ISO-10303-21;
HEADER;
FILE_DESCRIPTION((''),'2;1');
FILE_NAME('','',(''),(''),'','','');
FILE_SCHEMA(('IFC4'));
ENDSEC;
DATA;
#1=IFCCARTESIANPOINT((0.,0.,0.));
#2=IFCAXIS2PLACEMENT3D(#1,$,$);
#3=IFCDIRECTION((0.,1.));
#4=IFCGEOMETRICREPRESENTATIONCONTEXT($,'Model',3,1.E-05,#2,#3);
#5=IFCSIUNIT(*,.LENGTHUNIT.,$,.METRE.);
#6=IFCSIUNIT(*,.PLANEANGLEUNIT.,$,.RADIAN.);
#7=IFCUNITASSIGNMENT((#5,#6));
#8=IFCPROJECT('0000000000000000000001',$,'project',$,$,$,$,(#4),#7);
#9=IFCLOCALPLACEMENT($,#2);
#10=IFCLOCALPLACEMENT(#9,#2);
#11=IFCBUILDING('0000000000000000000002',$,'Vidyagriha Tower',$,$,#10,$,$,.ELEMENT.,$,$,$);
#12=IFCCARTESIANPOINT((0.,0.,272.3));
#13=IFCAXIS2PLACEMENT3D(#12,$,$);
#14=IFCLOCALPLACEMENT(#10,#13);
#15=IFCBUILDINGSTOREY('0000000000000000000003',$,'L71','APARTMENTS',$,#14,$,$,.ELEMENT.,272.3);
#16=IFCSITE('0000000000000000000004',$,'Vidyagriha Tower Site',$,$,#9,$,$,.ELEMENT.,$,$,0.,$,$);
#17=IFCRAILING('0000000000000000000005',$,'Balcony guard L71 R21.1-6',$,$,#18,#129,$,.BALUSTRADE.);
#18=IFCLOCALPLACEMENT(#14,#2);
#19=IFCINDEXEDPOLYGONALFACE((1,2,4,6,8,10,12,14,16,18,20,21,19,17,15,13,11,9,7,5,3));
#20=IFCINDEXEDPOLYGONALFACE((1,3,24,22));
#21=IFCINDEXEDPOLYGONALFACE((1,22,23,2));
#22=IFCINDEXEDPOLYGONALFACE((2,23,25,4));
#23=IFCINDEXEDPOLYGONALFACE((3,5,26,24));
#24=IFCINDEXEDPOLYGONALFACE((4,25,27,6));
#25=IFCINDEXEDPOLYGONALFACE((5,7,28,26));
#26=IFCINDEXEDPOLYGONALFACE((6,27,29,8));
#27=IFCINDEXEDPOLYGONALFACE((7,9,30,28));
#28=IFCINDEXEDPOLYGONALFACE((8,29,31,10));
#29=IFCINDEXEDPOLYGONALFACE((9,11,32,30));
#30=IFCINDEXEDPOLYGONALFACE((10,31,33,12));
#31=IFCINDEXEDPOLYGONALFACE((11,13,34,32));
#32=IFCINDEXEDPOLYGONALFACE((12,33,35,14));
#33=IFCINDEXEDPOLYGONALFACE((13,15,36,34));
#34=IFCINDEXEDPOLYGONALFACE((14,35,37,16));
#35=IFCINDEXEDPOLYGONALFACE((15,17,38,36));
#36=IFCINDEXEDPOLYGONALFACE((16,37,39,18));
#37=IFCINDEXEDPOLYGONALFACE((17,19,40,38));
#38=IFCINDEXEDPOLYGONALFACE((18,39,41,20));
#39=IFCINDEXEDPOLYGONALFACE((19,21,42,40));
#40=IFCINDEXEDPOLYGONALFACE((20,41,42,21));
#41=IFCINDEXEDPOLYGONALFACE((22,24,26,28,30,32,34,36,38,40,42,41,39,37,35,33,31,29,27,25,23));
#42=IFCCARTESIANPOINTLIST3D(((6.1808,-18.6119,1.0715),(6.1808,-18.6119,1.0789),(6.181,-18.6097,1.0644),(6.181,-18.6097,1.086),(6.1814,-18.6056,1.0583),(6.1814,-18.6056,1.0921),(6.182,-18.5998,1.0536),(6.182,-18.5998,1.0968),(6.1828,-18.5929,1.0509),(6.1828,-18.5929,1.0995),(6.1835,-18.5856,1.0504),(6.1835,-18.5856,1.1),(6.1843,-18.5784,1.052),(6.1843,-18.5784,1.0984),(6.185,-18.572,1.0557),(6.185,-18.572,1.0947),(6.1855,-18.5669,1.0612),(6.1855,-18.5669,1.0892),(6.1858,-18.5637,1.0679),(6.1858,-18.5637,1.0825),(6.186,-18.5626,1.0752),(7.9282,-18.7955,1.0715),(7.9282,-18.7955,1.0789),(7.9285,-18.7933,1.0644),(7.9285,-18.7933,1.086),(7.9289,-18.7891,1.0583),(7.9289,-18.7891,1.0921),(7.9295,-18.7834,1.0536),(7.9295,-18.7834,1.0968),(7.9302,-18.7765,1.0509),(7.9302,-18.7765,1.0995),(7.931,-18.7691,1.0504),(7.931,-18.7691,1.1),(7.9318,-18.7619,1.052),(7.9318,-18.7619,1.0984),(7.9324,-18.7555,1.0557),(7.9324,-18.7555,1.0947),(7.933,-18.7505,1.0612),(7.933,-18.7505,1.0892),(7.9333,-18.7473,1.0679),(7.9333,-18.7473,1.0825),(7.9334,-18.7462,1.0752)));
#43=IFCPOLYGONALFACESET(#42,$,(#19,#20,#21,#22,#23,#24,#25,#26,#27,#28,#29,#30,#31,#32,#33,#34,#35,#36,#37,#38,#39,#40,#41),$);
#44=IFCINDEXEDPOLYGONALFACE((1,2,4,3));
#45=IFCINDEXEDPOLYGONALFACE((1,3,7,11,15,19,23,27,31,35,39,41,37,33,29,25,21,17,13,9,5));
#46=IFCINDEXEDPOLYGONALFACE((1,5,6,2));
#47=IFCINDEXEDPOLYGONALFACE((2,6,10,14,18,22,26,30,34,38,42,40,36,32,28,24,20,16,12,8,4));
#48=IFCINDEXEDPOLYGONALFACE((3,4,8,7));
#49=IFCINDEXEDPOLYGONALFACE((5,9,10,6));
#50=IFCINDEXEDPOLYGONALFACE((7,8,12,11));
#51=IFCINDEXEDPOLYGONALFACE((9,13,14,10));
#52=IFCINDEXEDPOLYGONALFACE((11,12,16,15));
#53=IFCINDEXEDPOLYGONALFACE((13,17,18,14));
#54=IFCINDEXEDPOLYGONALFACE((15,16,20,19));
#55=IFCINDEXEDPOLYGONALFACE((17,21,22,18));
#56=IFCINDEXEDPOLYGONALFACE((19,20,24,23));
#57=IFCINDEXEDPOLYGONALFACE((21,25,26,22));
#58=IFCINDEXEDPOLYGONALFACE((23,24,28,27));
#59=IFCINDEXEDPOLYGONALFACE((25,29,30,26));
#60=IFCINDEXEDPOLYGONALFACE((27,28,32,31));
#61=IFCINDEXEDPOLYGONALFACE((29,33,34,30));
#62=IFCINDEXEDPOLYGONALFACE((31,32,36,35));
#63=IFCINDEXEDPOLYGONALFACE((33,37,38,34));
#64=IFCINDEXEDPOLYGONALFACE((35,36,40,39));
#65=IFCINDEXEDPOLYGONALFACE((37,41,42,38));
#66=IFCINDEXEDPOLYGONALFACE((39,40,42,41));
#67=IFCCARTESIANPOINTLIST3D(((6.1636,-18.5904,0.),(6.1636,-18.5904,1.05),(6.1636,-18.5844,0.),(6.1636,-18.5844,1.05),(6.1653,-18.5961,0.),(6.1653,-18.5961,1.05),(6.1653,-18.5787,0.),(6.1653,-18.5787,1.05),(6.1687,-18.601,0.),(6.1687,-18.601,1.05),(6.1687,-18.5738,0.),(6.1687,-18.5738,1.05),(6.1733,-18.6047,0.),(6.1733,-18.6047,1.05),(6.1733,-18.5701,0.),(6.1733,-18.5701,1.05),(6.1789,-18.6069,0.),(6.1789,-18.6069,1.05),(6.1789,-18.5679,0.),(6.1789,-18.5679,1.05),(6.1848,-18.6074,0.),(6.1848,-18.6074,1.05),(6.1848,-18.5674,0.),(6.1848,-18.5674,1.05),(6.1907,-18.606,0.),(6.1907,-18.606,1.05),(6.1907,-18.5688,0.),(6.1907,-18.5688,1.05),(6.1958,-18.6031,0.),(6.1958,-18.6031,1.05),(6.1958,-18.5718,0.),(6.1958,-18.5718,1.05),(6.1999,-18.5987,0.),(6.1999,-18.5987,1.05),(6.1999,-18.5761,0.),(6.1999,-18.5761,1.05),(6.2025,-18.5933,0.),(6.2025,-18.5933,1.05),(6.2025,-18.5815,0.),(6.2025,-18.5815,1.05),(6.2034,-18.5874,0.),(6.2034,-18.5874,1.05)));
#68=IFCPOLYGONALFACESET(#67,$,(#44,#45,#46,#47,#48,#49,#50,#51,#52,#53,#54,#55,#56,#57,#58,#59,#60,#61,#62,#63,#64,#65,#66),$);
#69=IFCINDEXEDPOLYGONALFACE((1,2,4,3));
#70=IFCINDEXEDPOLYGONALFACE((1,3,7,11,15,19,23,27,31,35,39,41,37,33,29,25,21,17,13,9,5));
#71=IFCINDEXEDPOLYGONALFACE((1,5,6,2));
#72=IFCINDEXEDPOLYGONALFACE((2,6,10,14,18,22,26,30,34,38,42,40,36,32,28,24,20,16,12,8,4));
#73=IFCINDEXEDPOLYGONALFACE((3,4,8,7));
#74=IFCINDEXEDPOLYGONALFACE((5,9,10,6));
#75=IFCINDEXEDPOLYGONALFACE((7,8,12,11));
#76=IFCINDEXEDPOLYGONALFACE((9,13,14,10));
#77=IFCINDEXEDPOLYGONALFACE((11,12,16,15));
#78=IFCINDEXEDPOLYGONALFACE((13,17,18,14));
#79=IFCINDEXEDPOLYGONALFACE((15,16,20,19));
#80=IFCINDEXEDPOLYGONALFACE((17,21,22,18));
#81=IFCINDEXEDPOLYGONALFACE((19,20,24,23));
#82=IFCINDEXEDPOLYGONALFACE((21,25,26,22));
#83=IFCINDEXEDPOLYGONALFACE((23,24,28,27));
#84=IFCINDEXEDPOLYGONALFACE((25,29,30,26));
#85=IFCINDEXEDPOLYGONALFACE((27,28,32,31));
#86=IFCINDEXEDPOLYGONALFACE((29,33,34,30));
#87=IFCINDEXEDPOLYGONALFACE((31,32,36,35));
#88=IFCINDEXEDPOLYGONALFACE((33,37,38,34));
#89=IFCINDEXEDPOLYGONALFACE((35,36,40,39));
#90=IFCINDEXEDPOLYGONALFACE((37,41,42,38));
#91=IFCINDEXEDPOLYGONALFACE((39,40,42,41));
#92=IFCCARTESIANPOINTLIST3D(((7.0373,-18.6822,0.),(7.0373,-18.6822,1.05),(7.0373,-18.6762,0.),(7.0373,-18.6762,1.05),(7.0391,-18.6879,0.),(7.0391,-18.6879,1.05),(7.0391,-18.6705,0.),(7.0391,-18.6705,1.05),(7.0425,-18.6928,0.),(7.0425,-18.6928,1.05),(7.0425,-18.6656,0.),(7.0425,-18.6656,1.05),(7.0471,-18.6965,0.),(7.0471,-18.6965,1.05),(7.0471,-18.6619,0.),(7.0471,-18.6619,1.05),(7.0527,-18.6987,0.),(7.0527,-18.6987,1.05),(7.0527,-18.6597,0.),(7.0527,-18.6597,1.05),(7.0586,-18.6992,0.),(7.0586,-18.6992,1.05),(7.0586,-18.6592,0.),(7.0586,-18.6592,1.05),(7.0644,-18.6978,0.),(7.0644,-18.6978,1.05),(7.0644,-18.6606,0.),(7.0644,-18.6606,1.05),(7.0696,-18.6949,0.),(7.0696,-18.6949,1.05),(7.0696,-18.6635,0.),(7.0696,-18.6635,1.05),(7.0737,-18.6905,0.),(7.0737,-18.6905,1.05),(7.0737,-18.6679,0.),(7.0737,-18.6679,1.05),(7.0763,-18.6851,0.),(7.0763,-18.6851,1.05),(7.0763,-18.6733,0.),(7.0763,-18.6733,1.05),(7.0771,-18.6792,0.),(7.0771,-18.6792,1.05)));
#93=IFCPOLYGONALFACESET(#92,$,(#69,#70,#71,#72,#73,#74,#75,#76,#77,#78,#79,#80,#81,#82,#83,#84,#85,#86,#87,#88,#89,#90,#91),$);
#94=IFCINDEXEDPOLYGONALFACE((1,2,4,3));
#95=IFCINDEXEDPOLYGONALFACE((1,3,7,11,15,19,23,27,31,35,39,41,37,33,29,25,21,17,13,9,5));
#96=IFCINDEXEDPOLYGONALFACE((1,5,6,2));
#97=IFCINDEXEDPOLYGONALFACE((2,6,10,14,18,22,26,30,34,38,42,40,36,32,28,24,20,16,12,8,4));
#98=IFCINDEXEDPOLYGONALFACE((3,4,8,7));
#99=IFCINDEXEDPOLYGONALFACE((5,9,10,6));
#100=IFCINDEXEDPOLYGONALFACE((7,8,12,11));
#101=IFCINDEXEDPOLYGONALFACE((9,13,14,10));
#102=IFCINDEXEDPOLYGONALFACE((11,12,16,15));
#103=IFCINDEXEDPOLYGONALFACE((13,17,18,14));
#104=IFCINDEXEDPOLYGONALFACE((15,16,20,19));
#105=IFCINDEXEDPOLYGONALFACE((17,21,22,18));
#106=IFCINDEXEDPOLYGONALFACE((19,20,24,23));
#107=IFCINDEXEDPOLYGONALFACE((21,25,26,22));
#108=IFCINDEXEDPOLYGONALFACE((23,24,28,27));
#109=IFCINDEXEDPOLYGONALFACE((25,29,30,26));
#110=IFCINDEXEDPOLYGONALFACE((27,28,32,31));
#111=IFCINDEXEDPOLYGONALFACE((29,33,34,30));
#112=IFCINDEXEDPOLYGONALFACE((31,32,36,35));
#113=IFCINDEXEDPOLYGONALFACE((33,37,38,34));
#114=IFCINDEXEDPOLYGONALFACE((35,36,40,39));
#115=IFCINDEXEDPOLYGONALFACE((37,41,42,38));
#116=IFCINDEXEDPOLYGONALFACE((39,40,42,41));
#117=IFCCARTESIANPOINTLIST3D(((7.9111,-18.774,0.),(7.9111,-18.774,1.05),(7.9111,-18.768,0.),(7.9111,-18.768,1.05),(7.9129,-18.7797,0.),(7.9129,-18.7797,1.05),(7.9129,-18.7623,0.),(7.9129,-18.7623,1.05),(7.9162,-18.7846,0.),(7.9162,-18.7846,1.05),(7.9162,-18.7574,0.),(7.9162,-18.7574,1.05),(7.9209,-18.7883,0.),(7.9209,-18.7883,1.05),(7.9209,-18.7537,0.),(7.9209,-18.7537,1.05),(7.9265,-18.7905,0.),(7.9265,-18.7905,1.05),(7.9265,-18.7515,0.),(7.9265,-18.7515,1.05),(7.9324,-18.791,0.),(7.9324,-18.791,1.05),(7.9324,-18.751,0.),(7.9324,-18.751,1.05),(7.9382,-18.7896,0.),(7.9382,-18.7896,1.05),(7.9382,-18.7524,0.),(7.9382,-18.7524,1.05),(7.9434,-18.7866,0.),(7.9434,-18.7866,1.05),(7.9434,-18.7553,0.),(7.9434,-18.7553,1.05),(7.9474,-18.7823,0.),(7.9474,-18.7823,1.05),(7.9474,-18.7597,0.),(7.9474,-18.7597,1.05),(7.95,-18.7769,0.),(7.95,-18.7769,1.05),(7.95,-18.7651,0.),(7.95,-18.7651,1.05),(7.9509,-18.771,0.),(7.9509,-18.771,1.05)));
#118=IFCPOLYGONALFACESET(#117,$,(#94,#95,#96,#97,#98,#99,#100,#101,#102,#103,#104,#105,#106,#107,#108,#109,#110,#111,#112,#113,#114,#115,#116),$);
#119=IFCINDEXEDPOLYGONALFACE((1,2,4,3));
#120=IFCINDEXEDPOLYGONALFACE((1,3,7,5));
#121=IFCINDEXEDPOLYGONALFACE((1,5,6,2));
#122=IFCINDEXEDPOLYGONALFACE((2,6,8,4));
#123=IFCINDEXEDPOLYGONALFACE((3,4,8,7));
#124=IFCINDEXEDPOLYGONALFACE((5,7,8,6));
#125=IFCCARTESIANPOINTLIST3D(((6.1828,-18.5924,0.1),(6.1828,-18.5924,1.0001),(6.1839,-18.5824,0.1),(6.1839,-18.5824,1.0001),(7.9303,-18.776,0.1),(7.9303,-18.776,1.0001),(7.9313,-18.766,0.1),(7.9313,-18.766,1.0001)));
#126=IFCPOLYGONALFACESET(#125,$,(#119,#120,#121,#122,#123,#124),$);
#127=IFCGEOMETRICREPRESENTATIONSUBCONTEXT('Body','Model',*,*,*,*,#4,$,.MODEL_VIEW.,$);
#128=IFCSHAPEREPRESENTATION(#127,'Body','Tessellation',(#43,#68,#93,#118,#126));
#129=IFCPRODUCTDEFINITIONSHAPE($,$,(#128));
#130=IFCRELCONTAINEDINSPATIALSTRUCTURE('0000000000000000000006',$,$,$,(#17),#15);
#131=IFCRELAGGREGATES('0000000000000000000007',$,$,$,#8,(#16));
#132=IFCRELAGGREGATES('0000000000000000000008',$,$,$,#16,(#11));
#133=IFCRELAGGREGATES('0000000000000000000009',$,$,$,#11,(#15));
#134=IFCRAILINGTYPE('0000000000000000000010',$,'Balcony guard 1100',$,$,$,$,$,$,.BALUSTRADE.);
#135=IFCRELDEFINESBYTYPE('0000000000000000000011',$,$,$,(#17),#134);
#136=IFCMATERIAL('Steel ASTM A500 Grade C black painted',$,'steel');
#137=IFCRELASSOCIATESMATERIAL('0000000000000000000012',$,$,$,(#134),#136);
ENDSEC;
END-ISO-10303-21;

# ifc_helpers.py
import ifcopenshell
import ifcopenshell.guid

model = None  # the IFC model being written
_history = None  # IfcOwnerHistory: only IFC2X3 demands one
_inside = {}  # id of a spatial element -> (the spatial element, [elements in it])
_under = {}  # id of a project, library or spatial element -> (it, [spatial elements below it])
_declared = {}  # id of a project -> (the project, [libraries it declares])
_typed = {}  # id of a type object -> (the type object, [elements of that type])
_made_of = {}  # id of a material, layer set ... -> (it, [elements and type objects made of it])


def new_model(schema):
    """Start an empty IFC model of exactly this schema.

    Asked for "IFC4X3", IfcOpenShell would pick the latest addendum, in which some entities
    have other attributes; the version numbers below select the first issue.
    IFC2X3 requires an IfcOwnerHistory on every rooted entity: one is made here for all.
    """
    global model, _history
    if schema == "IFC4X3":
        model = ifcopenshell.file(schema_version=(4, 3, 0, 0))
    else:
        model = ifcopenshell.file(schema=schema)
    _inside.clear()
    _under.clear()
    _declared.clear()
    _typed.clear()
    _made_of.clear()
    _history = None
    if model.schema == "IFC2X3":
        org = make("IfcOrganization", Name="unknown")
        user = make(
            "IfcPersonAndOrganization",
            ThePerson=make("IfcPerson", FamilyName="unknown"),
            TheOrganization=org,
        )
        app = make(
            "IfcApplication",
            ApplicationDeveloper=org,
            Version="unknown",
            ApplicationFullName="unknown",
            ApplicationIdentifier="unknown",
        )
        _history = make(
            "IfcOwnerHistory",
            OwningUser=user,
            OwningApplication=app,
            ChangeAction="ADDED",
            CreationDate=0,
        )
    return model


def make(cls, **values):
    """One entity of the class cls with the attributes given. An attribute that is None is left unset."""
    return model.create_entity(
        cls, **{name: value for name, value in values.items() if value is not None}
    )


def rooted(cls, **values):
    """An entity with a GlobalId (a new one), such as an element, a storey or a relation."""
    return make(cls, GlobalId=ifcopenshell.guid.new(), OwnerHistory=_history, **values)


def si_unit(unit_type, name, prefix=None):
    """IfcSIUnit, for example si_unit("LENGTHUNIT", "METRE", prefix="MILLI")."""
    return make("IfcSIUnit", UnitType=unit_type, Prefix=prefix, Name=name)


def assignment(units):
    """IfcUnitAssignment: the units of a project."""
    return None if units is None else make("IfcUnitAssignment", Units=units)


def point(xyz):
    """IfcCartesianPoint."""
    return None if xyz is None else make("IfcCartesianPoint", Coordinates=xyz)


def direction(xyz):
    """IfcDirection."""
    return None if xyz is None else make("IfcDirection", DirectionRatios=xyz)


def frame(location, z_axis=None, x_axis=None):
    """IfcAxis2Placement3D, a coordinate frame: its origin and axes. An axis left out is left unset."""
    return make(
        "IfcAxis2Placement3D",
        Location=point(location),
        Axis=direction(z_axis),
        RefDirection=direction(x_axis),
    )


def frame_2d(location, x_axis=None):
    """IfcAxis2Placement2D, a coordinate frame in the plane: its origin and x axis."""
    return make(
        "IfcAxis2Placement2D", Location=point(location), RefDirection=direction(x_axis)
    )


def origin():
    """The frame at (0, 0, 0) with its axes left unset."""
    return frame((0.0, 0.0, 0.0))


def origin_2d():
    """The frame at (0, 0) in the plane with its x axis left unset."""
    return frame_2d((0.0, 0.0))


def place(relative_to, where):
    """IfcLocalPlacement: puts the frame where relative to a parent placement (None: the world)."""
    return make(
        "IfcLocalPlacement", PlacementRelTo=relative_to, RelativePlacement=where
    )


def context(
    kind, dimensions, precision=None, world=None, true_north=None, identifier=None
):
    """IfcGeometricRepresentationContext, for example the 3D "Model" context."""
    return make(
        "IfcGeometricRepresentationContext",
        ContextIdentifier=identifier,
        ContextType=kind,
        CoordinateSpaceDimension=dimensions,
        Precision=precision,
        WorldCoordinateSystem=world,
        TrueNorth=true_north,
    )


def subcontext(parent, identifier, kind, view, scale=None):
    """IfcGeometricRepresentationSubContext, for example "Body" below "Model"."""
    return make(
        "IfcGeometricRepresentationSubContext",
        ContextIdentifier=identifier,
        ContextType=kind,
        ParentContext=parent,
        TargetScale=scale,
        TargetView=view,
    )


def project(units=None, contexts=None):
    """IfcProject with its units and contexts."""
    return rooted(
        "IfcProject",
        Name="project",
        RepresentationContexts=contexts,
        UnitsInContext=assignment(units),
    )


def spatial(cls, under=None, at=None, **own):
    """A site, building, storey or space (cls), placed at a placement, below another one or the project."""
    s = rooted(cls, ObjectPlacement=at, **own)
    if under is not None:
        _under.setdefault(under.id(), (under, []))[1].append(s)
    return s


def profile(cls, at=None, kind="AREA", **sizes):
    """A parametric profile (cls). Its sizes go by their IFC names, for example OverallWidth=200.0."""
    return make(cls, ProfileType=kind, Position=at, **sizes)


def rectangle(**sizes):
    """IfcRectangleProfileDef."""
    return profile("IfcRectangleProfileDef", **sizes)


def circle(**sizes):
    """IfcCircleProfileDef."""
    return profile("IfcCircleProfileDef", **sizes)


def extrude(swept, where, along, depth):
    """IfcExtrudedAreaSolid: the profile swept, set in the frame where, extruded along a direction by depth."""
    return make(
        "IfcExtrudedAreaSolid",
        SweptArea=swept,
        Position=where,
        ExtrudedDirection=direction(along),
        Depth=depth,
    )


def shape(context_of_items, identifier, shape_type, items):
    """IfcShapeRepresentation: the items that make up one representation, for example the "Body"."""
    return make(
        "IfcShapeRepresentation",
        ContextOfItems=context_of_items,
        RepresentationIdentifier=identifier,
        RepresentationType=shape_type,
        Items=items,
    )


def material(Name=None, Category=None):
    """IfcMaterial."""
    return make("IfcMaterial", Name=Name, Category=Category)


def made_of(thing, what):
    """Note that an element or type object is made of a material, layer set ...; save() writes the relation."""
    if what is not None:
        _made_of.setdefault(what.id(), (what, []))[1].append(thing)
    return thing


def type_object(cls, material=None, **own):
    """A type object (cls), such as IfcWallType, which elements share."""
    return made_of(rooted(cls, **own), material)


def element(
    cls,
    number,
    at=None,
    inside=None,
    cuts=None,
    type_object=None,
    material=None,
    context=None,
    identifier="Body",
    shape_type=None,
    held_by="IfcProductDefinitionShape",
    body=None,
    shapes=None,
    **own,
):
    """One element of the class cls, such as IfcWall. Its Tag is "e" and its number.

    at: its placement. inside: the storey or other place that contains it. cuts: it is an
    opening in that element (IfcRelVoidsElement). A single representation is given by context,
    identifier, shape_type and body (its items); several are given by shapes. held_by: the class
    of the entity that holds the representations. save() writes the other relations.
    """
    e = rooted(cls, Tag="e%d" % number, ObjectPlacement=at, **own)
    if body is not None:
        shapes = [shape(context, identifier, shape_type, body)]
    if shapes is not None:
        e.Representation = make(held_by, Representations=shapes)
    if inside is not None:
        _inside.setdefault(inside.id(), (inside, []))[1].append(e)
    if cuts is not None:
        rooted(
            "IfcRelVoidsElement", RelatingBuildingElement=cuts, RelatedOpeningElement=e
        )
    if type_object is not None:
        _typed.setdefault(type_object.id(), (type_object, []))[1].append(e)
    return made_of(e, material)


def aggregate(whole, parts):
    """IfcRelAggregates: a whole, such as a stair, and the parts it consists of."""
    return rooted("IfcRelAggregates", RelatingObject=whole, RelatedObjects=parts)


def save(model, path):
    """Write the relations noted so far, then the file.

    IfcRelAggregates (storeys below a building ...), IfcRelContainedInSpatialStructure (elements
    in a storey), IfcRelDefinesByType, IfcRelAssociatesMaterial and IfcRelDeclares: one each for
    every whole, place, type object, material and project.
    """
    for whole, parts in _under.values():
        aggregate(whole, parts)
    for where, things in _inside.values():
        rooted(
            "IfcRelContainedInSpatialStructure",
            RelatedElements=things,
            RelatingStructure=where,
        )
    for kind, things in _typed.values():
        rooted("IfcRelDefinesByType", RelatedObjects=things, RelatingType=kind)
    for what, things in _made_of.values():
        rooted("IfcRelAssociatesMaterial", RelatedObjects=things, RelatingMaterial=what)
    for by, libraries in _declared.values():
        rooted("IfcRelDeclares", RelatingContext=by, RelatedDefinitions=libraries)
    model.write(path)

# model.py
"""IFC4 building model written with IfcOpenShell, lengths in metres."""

from ifc_helpers import new_model, si_unit, direction, frame, origin, origin_2d, place, context, subcontext, project, spatial, rectangle, circle, extrude, material, type_object, element, save


model = new_model("IFC4")

# Units and contexts
model_context = context("Model", 3, precision=1e-05, world=origin(), true_north=direction((0.0, 1.0)))
body_context = subcontext(model_context, "Body", "Model", "MODEL_VIEW")
ifc_project = project(units=[si_unit("LENGTHUNIT", "METRE"), si_unit("PLANEANGLEUNIT", "RADIAN")], contexts=[model_context])

# Site, building, storey
site_placement = place(None, origin())
site = spatial("IfcSite", under=ifc_project, at=site_placement, Name="Vidyagriha Tower Site", CompositionType="ELEMENT", RefElevation=0.0)
building_placement = place(site_placement, origin())
building = spatial("IfcBuilding", under=site, at=building_placement, Name="Vidyagriha Tower", CompositionType="ELEMENT")
storey_placement = place(building_placement, frame((0.0, 0.0, 272.3)))
storey = spatial("IfcBuildingStorey", under=building, at=storey_placement, Name="L71", Description="APARTMENTS", CompositionType="ELEMENT", Elevation=272.3)

# Railing
ifc_material_1 = material(Name="Steel ASTM A500 Grade C black painted", Category="steel")
railing_type = type_object("IfcRailingType", Name="Balcony guard 1100", PredefinedType="BALUSTRADE", material=ifc_material_1)
railing_1_placement = place(storey_placement, frame((6.1833, -18.5874, 0.0)))
element("IfcRailing", 1, at=railing_1_placement, inside=storey, type_object=railing_type, Name="Balcony guard L71 R21.1-6", PredefinedType="BALUSTRADE", context=body_context, shape_type="SweptSolid", body=[
    extrude(circle(Radius=0.0249, at=origin_2d()), frame((0.0, 0.0, 1.0752), z_axis=(0.994527, -0.104482, 0.0), x_axis=(0.104482, 0.994527, 0.0)), (0.0, 0.0, 1.0), 1.7571),
    extrude(circle(Radius=0.02, at=origin_2d()), origin(), (0.0, 0.0, 1.0), 1.05),
    extrude(circle(Radius=0.02, at=origin_2d()), frame((0.8738, -0.0918, 0.0)), (0.0, 0.0, 1.0), 1.05),
    extrude(circle(Radius=0.02, at=origin_2d()), frame((1.7476, -0.1836, 0.0)), (0.0, 0.0, 1.0), 1.05),
    extrude(rectangle(XDim=0.01, YDim=0.9001, at=origin_2d()), frame((0.0, 0.0, 0.55), z_axis=(0.994527, -0.104482, 0.0), x_axis=(0.104482, 0.994527, 0.0)), (0.0, 0.0, 1.0), 1.7571),
])

save(model, "model.ifc")
